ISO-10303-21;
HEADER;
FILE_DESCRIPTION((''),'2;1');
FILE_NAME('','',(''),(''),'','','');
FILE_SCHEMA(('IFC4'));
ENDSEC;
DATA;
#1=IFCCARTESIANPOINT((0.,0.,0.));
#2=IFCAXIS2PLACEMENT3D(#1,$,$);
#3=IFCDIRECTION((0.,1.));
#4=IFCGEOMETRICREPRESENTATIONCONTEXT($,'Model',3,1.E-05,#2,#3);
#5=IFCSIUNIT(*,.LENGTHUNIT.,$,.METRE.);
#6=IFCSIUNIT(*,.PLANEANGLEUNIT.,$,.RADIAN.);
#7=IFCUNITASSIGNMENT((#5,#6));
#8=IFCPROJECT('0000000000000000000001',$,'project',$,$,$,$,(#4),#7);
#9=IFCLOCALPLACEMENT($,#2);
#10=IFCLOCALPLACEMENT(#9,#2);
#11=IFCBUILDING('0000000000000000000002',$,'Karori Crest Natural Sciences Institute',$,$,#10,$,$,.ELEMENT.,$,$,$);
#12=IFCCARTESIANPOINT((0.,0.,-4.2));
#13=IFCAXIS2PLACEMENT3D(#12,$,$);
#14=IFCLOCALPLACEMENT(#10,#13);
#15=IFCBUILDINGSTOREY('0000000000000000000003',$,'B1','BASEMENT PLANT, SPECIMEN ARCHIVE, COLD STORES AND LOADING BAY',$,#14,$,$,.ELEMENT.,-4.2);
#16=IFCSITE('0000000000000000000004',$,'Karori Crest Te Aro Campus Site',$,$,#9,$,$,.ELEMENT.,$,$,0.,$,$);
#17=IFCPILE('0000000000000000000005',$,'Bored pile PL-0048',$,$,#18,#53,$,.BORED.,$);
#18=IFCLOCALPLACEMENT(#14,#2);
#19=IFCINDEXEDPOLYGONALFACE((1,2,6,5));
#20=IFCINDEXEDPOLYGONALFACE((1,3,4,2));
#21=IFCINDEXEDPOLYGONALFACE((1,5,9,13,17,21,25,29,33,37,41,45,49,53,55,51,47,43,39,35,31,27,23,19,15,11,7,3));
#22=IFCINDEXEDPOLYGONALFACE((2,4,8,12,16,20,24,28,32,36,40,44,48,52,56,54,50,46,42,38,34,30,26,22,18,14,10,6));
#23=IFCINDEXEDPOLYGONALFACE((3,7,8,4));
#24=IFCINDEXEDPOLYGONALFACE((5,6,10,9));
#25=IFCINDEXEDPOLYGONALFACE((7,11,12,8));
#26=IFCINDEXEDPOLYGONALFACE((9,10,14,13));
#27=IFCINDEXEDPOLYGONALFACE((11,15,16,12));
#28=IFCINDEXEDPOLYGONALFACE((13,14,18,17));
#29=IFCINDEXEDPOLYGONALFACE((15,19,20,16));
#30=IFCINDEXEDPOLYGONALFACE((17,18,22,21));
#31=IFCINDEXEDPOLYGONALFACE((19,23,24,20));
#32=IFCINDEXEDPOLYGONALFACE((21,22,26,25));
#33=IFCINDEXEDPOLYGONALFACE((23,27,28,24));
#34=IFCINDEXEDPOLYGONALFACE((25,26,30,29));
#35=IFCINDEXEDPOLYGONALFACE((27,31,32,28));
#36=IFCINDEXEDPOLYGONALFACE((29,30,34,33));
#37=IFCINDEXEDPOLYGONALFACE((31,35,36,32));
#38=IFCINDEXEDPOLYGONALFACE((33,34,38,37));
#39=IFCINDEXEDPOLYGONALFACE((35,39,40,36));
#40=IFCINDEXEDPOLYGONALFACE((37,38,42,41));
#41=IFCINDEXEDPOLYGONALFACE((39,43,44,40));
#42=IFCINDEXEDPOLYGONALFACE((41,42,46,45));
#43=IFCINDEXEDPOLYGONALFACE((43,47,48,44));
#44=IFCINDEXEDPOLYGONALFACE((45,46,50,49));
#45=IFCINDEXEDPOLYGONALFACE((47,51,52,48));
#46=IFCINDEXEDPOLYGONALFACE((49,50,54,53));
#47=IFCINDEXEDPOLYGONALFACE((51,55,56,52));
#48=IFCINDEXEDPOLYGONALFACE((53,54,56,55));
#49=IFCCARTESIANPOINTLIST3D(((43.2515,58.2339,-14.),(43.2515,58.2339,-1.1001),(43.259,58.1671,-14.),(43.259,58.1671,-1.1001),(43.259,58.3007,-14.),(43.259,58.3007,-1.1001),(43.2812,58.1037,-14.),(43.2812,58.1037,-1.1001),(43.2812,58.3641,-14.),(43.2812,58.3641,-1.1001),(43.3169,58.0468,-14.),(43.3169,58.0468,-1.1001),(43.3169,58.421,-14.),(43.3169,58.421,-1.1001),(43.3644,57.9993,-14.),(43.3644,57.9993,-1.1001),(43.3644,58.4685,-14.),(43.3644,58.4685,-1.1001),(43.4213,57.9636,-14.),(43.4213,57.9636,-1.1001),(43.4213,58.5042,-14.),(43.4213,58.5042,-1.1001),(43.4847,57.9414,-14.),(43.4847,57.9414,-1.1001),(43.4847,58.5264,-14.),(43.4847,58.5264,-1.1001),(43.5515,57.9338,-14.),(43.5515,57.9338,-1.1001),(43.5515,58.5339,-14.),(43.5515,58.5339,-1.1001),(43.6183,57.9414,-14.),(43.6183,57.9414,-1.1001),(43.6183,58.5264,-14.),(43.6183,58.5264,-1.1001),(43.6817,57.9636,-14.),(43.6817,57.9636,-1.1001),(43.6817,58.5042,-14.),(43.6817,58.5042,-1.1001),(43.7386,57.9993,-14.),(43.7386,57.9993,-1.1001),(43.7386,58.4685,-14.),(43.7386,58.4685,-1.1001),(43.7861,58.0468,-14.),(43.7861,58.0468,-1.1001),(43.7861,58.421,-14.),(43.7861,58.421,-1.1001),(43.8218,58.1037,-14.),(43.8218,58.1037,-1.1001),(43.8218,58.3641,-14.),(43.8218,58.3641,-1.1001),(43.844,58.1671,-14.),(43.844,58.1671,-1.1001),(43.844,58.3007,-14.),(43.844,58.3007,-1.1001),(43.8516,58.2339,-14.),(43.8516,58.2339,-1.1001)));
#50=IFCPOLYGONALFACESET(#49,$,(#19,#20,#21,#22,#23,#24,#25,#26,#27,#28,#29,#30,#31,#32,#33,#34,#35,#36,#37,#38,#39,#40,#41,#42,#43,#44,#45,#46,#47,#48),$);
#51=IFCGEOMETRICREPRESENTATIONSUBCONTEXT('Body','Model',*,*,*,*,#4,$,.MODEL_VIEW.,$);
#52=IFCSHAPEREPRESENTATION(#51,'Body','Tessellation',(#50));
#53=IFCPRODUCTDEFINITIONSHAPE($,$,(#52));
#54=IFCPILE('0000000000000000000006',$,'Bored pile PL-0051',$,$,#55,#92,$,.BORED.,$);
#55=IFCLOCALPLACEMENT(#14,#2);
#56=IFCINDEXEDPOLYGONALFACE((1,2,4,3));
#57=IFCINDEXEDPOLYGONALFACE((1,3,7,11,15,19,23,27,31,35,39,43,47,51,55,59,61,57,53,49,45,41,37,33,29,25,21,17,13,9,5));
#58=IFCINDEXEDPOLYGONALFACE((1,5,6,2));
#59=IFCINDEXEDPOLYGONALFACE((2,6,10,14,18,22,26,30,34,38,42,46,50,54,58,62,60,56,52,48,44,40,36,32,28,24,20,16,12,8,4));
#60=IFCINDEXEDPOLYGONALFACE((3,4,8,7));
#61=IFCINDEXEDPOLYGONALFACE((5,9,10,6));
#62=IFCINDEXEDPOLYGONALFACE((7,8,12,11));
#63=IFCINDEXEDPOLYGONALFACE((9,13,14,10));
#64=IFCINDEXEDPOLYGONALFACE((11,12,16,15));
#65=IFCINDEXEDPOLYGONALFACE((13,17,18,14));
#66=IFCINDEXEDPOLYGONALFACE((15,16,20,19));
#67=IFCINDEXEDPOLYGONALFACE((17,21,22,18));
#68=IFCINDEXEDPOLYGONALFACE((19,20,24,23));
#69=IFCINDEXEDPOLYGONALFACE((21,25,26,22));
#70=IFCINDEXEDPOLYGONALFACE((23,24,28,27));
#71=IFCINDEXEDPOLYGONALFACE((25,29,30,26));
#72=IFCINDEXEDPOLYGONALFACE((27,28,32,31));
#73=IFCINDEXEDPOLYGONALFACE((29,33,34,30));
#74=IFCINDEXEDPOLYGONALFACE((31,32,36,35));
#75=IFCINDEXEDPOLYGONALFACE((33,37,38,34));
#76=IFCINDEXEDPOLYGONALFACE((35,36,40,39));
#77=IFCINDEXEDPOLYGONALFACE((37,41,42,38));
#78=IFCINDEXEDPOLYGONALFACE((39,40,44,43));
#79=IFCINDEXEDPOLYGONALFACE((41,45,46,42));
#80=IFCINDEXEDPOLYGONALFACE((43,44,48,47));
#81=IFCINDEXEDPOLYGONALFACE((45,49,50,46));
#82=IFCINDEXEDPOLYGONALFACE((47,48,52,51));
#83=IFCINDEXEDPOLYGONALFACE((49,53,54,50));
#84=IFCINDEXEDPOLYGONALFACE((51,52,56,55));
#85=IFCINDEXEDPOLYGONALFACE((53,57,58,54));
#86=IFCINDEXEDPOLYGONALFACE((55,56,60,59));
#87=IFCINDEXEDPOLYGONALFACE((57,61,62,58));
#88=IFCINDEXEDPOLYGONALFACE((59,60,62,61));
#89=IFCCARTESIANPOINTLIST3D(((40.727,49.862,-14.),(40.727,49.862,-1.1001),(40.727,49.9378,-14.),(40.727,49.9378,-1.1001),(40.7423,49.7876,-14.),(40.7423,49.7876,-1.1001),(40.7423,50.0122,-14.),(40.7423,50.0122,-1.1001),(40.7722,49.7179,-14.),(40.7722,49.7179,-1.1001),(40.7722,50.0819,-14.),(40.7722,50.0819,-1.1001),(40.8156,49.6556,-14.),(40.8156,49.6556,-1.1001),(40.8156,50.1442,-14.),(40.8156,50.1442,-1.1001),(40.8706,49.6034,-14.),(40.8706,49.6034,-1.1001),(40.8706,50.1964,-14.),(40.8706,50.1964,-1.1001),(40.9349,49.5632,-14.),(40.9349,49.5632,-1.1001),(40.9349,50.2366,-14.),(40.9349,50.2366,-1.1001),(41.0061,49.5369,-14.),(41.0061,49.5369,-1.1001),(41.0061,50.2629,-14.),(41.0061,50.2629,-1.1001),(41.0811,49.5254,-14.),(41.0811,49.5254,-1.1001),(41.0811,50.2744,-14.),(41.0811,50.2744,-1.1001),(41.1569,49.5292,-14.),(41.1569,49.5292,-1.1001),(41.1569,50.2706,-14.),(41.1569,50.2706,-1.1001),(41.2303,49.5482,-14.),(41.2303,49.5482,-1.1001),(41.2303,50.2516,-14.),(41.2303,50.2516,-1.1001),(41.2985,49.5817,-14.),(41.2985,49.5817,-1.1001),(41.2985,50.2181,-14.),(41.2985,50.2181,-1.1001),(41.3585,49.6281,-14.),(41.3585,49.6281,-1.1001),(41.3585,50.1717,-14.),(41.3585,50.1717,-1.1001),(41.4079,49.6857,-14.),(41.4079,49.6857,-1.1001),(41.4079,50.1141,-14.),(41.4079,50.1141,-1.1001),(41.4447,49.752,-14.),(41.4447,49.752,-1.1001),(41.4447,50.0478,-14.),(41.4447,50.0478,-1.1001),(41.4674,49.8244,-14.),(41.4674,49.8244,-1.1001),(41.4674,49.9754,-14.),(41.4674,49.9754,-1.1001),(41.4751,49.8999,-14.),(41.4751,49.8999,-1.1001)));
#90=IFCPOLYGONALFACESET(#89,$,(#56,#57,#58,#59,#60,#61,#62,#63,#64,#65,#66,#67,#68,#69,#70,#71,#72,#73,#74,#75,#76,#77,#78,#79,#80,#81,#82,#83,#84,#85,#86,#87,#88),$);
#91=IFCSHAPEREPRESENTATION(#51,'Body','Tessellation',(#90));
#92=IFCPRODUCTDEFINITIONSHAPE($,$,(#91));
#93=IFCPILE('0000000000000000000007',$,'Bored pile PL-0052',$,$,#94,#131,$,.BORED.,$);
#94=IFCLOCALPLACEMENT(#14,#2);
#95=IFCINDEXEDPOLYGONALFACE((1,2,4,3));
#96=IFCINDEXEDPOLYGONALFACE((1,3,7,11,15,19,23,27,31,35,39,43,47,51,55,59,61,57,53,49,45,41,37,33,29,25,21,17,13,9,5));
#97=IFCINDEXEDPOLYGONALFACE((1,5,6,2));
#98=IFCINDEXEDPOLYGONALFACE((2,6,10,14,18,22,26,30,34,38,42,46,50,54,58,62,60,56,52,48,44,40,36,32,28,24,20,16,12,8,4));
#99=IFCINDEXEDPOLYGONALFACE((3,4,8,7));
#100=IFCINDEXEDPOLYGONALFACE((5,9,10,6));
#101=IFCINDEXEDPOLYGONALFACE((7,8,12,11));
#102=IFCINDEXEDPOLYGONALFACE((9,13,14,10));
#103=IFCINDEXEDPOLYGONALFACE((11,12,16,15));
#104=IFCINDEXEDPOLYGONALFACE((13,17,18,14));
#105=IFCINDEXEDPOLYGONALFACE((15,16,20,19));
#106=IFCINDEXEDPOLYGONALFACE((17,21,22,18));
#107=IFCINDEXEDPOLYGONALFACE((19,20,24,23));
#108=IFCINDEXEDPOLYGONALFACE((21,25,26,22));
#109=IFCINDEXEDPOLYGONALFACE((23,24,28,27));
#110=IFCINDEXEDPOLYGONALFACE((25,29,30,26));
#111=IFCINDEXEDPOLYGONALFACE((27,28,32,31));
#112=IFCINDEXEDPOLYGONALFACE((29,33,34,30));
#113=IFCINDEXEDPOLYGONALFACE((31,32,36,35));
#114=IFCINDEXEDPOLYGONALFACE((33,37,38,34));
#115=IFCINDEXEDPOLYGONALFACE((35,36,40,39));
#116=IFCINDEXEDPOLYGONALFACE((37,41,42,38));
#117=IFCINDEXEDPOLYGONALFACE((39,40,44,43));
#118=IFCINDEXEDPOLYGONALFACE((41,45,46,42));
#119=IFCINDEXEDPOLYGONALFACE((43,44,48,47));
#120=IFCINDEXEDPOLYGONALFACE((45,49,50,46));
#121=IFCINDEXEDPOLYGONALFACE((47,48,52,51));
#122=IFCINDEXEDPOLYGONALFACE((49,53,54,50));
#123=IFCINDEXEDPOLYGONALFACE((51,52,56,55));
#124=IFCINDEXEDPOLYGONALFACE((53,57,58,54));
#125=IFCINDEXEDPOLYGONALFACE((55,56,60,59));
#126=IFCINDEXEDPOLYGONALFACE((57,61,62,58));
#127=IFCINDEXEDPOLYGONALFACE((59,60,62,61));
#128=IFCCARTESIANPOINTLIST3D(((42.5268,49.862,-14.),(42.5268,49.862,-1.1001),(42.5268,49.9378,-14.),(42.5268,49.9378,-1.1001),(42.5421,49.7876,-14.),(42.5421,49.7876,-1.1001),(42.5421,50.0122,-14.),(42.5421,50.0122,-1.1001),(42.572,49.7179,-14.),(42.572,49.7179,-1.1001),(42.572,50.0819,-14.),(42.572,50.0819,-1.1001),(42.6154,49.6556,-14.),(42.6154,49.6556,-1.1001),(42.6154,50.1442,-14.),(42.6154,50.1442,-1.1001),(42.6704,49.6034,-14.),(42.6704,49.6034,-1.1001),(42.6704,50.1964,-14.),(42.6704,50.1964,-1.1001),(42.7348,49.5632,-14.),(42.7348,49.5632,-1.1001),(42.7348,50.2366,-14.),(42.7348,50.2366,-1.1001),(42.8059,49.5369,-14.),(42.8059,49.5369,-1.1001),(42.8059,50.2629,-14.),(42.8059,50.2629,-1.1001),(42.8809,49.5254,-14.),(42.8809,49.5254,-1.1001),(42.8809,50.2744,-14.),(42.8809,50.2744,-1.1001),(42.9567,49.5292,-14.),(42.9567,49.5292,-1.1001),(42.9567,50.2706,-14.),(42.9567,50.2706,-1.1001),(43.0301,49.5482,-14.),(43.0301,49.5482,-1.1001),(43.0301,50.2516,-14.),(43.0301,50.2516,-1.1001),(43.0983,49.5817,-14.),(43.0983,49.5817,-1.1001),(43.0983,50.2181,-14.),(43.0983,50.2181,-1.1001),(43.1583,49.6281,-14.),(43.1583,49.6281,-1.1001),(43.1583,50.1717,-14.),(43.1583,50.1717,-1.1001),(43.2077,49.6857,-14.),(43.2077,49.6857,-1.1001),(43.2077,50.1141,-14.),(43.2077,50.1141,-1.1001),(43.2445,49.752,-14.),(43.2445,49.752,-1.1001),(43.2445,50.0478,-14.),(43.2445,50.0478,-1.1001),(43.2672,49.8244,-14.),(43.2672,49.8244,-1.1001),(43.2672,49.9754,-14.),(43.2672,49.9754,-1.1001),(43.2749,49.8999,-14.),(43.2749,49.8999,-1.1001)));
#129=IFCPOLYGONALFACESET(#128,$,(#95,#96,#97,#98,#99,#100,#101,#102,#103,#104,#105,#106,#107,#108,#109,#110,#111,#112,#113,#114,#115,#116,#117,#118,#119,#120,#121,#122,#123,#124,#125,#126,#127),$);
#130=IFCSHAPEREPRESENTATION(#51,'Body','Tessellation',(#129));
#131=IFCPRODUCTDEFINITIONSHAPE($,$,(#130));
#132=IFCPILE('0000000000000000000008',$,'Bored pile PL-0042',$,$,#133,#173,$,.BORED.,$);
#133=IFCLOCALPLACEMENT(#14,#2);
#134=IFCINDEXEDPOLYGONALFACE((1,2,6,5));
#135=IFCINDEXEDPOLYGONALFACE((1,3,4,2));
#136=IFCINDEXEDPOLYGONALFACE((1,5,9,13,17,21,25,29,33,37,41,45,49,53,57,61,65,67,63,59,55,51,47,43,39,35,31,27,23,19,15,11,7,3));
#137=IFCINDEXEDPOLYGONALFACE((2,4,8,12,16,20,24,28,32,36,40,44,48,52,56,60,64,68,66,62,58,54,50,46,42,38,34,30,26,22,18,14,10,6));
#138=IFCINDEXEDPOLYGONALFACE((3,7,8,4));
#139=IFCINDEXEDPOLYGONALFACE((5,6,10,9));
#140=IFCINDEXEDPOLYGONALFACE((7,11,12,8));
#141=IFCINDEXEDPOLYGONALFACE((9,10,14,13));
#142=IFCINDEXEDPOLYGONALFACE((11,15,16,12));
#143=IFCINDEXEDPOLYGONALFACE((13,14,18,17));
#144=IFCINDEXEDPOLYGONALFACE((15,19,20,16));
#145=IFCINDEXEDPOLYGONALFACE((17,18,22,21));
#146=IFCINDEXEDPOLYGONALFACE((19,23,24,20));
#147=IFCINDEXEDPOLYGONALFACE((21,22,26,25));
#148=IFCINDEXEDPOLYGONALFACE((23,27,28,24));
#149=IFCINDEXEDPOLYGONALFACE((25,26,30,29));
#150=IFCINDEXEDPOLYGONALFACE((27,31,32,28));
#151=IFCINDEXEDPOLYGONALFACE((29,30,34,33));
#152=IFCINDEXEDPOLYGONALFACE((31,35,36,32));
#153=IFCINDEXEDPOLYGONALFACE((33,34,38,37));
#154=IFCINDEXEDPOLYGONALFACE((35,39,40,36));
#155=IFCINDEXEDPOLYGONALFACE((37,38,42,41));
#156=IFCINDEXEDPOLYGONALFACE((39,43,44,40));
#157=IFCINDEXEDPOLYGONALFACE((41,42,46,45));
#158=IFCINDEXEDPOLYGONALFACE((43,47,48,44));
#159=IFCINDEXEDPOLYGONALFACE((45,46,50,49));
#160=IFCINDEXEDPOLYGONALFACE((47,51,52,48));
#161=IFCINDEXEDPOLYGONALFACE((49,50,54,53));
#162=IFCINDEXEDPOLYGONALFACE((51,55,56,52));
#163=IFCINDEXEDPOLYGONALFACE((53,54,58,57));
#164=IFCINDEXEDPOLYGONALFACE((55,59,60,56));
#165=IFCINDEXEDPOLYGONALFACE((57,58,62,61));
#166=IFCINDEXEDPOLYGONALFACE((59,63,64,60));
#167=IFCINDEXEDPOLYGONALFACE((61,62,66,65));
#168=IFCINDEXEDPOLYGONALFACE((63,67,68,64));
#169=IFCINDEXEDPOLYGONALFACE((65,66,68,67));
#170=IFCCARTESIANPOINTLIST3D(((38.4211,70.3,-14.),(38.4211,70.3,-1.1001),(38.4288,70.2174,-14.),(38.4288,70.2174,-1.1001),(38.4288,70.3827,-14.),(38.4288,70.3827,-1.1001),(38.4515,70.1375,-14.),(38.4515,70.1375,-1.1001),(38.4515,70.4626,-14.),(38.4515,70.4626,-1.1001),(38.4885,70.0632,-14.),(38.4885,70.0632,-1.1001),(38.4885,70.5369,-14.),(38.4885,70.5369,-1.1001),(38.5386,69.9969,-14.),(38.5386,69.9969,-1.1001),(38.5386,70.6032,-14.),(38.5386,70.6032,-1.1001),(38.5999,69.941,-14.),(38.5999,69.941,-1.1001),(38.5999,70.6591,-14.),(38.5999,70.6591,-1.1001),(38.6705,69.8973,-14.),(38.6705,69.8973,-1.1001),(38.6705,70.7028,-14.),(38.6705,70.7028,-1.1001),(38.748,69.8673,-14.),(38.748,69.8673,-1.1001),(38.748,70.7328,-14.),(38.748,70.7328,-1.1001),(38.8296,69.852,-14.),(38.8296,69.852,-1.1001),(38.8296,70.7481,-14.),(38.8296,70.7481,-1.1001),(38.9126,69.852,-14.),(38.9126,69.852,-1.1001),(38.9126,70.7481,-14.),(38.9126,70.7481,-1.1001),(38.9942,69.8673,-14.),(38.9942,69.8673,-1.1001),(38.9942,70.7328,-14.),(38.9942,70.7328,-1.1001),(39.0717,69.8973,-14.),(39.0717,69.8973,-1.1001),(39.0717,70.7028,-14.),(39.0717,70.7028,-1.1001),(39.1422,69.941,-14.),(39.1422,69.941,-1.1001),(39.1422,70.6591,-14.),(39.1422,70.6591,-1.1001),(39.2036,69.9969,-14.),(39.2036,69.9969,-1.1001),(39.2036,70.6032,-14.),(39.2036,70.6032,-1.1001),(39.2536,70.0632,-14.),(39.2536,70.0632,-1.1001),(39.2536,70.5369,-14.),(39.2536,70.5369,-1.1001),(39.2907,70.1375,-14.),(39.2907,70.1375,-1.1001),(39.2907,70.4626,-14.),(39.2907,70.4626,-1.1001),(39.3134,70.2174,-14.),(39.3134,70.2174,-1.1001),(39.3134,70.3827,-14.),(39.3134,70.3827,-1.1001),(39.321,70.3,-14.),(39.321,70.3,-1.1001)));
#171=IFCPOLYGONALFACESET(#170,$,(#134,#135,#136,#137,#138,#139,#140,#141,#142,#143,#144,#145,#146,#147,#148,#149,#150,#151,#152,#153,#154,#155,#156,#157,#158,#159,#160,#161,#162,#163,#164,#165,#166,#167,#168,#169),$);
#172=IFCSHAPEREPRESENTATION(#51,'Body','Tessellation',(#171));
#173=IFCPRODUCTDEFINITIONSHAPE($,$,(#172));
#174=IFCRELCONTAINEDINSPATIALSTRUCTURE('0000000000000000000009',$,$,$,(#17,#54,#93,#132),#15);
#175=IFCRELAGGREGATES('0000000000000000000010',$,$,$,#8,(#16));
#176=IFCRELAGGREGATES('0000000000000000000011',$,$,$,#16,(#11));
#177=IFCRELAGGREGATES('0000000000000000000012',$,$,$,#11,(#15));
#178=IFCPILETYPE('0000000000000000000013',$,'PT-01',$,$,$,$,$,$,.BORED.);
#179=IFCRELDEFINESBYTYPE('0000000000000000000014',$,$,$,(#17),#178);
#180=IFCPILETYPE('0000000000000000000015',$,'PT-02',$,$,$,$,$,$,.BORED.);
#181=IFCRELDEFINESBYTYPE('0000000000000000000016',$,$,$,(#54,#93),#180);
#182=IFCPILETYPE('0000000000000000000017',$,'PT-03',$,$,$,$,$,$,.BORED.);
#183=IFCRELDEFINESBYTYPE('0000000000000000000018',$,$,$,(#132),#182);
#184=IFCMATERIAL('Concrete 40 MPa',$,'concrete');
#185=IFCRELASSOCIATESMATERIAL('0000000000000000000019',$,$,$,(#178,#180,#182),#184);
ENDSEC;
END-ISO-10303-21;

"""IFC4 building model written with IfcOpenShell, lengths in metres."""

from ifc_helpers import new_model, si_unit, direction, frame, origin, origin_2d, place, context, subcontext, project, spatial, circle, extrude, material, material_profile, profile_set, type_object, element, save


model = new_model("IFC4")

# Units and contexts
model_context = context("Model", 3, precision=1e-05, world=origin(), true_north=direction((0.0, 1.0)))
body_context = subcontext(model_context, "Body", "Model", "MODEL_VIEW")
ifc_project = project(units=[si_unit("LENGTHUNIT", "METRE"), si_unit("PLANEANGLEUNIT", "RADIAN")], contexts=[model_context])

# Site, building, storey
site_placement = place(None, origin())
site = spatial("IfcSite", under=ifc_project, at=site_placement, Name="Karori Crest Te Aro Campus Site", CompositionType="ELEMENT", RefElevation=0.0)
building_placement = place(site_placement, origin())
building = spatial("IfcBuilding", under=site, at=building_placement, Name="Karori Crest Natural Sciences Institute", CompositionType="ELEMENT")
storey_placement = place(building_placement, frame((0.0, 0.0, -4.2)))
storey = spatial("IfcBuildingStorey", under=building, at=storey_placement, Name="B1", Description="BASEMENT PLANT, SPECIMEN ARCHIVE, COLD STORES AND LOADING BAY", CompositionType="ELEMENT", Elevation=-4.2)

# Shared definitions
ifc_material_1 = material(Name="Concrete 40 MPa", Category="concrete")

# Piles
ifc_material_profile_1 = material_profile(ifc_material_1, circle(Radius=0.3, at=origin_2d()), Name="PILE600")
ifc_profile_set_1 = profile_set([ifc_material_profile_1], Name="Concrete 40 MPa")
pile_type_1 = type_object("IfcPileType", Name="PT-01", PredefinedType="BORED", material=ifc_profile_set_1)
for number, where, z_axis, x_axis, name in (
    (1, (43.5515, 58.2339, -1.1001), (0.0, 0.0, -1.0), (1.0, 0.0, 0.0), "Bored pile PL-0048"),
):
    element("IfcPile", number, at=place(storey_placement, frame(where, z_axis=z_axis, x_axis=x_axis)), inside=storey, type_object=pile_type_1, Name=name, PredefinedType="BORED", context=body_context, shape_type="SweptSolid", body=[
        extrude(circle(Radius=0.3, at=origin_2d()), origin(), (0.0, 0.0, 1.0), 12.8999),
    ])
ifc_material_profile_2 = material_profile(ifc_material_1, circle(Radius=0.375, at=origin_2d()), Name="PILE750")
ifc_profile_set_2 = profile_set([ifc_material_profile_2], Name="Concrete 40 MPa")
pile_type_2 = type_object("IfcPileType", Name="PT-02", PredefinedType="BORED", material=ifc_profile_set_2)
for number, where, z_axis, x_axis, name in (
    (2, (41.1001, 49.8999, -1.1001), (0.0, 0.0, -1.0), (1.0, 0.0, 0.0), "Bored pile PL-0051"),
    (3, (42.8999, 49.8999, -1.1001), (0.0, 0.0, -1.0), (1.0, 0.0, 0.0), "Bored pile PL-0052"),
):
    element("IfcPile", number, at=place(storey_placement, frame(where, z_axis=z_axis, x_axis=x_axis)), inside=storey, type_object=pile_type_2, Name=name, PredefinedType="BORED", context=body_context, shape_type="SweptSolid", body=[
        extrude(circle(Radius=0.375, at=origin_2d()), origin(), (0.0, 0.0, 1.0), 12.8999),
    ])
ifc_material_profile_3 = material_profile(ifc_material_1, circle(Radius=0.45, at=origin_2d()), Name="PILE900")
ifc_profile_set_3 = profile_set([ifc_material_profile_3], Name="Concrete 40 MPa")
pile_type_3 = type_object("IfcPileType", Name="PT-03", PredefinedType="BORED", material=ifc_profile_set_3)
pile_placement = place(storey_placement, frame((38.8711, 70.3, -1.1001), z_axis=(0.0, 0.0, -1.0), x_axis=(1.0, 0.0, 0.0)))
element("IfcPile", 4, at=pile_placement, inside=storey, type_object=pile_type_3, Name="Bored pile PL-0042", PredefinedType="BORED", context=body_context, shape_type="SweptSolid", body=[
    extrude(circle(Radius=0.45, at=origin_2d()), origin(), (0.0, 0.0, 1.0), 12.8999),
])

save(model, "model.ifc")
